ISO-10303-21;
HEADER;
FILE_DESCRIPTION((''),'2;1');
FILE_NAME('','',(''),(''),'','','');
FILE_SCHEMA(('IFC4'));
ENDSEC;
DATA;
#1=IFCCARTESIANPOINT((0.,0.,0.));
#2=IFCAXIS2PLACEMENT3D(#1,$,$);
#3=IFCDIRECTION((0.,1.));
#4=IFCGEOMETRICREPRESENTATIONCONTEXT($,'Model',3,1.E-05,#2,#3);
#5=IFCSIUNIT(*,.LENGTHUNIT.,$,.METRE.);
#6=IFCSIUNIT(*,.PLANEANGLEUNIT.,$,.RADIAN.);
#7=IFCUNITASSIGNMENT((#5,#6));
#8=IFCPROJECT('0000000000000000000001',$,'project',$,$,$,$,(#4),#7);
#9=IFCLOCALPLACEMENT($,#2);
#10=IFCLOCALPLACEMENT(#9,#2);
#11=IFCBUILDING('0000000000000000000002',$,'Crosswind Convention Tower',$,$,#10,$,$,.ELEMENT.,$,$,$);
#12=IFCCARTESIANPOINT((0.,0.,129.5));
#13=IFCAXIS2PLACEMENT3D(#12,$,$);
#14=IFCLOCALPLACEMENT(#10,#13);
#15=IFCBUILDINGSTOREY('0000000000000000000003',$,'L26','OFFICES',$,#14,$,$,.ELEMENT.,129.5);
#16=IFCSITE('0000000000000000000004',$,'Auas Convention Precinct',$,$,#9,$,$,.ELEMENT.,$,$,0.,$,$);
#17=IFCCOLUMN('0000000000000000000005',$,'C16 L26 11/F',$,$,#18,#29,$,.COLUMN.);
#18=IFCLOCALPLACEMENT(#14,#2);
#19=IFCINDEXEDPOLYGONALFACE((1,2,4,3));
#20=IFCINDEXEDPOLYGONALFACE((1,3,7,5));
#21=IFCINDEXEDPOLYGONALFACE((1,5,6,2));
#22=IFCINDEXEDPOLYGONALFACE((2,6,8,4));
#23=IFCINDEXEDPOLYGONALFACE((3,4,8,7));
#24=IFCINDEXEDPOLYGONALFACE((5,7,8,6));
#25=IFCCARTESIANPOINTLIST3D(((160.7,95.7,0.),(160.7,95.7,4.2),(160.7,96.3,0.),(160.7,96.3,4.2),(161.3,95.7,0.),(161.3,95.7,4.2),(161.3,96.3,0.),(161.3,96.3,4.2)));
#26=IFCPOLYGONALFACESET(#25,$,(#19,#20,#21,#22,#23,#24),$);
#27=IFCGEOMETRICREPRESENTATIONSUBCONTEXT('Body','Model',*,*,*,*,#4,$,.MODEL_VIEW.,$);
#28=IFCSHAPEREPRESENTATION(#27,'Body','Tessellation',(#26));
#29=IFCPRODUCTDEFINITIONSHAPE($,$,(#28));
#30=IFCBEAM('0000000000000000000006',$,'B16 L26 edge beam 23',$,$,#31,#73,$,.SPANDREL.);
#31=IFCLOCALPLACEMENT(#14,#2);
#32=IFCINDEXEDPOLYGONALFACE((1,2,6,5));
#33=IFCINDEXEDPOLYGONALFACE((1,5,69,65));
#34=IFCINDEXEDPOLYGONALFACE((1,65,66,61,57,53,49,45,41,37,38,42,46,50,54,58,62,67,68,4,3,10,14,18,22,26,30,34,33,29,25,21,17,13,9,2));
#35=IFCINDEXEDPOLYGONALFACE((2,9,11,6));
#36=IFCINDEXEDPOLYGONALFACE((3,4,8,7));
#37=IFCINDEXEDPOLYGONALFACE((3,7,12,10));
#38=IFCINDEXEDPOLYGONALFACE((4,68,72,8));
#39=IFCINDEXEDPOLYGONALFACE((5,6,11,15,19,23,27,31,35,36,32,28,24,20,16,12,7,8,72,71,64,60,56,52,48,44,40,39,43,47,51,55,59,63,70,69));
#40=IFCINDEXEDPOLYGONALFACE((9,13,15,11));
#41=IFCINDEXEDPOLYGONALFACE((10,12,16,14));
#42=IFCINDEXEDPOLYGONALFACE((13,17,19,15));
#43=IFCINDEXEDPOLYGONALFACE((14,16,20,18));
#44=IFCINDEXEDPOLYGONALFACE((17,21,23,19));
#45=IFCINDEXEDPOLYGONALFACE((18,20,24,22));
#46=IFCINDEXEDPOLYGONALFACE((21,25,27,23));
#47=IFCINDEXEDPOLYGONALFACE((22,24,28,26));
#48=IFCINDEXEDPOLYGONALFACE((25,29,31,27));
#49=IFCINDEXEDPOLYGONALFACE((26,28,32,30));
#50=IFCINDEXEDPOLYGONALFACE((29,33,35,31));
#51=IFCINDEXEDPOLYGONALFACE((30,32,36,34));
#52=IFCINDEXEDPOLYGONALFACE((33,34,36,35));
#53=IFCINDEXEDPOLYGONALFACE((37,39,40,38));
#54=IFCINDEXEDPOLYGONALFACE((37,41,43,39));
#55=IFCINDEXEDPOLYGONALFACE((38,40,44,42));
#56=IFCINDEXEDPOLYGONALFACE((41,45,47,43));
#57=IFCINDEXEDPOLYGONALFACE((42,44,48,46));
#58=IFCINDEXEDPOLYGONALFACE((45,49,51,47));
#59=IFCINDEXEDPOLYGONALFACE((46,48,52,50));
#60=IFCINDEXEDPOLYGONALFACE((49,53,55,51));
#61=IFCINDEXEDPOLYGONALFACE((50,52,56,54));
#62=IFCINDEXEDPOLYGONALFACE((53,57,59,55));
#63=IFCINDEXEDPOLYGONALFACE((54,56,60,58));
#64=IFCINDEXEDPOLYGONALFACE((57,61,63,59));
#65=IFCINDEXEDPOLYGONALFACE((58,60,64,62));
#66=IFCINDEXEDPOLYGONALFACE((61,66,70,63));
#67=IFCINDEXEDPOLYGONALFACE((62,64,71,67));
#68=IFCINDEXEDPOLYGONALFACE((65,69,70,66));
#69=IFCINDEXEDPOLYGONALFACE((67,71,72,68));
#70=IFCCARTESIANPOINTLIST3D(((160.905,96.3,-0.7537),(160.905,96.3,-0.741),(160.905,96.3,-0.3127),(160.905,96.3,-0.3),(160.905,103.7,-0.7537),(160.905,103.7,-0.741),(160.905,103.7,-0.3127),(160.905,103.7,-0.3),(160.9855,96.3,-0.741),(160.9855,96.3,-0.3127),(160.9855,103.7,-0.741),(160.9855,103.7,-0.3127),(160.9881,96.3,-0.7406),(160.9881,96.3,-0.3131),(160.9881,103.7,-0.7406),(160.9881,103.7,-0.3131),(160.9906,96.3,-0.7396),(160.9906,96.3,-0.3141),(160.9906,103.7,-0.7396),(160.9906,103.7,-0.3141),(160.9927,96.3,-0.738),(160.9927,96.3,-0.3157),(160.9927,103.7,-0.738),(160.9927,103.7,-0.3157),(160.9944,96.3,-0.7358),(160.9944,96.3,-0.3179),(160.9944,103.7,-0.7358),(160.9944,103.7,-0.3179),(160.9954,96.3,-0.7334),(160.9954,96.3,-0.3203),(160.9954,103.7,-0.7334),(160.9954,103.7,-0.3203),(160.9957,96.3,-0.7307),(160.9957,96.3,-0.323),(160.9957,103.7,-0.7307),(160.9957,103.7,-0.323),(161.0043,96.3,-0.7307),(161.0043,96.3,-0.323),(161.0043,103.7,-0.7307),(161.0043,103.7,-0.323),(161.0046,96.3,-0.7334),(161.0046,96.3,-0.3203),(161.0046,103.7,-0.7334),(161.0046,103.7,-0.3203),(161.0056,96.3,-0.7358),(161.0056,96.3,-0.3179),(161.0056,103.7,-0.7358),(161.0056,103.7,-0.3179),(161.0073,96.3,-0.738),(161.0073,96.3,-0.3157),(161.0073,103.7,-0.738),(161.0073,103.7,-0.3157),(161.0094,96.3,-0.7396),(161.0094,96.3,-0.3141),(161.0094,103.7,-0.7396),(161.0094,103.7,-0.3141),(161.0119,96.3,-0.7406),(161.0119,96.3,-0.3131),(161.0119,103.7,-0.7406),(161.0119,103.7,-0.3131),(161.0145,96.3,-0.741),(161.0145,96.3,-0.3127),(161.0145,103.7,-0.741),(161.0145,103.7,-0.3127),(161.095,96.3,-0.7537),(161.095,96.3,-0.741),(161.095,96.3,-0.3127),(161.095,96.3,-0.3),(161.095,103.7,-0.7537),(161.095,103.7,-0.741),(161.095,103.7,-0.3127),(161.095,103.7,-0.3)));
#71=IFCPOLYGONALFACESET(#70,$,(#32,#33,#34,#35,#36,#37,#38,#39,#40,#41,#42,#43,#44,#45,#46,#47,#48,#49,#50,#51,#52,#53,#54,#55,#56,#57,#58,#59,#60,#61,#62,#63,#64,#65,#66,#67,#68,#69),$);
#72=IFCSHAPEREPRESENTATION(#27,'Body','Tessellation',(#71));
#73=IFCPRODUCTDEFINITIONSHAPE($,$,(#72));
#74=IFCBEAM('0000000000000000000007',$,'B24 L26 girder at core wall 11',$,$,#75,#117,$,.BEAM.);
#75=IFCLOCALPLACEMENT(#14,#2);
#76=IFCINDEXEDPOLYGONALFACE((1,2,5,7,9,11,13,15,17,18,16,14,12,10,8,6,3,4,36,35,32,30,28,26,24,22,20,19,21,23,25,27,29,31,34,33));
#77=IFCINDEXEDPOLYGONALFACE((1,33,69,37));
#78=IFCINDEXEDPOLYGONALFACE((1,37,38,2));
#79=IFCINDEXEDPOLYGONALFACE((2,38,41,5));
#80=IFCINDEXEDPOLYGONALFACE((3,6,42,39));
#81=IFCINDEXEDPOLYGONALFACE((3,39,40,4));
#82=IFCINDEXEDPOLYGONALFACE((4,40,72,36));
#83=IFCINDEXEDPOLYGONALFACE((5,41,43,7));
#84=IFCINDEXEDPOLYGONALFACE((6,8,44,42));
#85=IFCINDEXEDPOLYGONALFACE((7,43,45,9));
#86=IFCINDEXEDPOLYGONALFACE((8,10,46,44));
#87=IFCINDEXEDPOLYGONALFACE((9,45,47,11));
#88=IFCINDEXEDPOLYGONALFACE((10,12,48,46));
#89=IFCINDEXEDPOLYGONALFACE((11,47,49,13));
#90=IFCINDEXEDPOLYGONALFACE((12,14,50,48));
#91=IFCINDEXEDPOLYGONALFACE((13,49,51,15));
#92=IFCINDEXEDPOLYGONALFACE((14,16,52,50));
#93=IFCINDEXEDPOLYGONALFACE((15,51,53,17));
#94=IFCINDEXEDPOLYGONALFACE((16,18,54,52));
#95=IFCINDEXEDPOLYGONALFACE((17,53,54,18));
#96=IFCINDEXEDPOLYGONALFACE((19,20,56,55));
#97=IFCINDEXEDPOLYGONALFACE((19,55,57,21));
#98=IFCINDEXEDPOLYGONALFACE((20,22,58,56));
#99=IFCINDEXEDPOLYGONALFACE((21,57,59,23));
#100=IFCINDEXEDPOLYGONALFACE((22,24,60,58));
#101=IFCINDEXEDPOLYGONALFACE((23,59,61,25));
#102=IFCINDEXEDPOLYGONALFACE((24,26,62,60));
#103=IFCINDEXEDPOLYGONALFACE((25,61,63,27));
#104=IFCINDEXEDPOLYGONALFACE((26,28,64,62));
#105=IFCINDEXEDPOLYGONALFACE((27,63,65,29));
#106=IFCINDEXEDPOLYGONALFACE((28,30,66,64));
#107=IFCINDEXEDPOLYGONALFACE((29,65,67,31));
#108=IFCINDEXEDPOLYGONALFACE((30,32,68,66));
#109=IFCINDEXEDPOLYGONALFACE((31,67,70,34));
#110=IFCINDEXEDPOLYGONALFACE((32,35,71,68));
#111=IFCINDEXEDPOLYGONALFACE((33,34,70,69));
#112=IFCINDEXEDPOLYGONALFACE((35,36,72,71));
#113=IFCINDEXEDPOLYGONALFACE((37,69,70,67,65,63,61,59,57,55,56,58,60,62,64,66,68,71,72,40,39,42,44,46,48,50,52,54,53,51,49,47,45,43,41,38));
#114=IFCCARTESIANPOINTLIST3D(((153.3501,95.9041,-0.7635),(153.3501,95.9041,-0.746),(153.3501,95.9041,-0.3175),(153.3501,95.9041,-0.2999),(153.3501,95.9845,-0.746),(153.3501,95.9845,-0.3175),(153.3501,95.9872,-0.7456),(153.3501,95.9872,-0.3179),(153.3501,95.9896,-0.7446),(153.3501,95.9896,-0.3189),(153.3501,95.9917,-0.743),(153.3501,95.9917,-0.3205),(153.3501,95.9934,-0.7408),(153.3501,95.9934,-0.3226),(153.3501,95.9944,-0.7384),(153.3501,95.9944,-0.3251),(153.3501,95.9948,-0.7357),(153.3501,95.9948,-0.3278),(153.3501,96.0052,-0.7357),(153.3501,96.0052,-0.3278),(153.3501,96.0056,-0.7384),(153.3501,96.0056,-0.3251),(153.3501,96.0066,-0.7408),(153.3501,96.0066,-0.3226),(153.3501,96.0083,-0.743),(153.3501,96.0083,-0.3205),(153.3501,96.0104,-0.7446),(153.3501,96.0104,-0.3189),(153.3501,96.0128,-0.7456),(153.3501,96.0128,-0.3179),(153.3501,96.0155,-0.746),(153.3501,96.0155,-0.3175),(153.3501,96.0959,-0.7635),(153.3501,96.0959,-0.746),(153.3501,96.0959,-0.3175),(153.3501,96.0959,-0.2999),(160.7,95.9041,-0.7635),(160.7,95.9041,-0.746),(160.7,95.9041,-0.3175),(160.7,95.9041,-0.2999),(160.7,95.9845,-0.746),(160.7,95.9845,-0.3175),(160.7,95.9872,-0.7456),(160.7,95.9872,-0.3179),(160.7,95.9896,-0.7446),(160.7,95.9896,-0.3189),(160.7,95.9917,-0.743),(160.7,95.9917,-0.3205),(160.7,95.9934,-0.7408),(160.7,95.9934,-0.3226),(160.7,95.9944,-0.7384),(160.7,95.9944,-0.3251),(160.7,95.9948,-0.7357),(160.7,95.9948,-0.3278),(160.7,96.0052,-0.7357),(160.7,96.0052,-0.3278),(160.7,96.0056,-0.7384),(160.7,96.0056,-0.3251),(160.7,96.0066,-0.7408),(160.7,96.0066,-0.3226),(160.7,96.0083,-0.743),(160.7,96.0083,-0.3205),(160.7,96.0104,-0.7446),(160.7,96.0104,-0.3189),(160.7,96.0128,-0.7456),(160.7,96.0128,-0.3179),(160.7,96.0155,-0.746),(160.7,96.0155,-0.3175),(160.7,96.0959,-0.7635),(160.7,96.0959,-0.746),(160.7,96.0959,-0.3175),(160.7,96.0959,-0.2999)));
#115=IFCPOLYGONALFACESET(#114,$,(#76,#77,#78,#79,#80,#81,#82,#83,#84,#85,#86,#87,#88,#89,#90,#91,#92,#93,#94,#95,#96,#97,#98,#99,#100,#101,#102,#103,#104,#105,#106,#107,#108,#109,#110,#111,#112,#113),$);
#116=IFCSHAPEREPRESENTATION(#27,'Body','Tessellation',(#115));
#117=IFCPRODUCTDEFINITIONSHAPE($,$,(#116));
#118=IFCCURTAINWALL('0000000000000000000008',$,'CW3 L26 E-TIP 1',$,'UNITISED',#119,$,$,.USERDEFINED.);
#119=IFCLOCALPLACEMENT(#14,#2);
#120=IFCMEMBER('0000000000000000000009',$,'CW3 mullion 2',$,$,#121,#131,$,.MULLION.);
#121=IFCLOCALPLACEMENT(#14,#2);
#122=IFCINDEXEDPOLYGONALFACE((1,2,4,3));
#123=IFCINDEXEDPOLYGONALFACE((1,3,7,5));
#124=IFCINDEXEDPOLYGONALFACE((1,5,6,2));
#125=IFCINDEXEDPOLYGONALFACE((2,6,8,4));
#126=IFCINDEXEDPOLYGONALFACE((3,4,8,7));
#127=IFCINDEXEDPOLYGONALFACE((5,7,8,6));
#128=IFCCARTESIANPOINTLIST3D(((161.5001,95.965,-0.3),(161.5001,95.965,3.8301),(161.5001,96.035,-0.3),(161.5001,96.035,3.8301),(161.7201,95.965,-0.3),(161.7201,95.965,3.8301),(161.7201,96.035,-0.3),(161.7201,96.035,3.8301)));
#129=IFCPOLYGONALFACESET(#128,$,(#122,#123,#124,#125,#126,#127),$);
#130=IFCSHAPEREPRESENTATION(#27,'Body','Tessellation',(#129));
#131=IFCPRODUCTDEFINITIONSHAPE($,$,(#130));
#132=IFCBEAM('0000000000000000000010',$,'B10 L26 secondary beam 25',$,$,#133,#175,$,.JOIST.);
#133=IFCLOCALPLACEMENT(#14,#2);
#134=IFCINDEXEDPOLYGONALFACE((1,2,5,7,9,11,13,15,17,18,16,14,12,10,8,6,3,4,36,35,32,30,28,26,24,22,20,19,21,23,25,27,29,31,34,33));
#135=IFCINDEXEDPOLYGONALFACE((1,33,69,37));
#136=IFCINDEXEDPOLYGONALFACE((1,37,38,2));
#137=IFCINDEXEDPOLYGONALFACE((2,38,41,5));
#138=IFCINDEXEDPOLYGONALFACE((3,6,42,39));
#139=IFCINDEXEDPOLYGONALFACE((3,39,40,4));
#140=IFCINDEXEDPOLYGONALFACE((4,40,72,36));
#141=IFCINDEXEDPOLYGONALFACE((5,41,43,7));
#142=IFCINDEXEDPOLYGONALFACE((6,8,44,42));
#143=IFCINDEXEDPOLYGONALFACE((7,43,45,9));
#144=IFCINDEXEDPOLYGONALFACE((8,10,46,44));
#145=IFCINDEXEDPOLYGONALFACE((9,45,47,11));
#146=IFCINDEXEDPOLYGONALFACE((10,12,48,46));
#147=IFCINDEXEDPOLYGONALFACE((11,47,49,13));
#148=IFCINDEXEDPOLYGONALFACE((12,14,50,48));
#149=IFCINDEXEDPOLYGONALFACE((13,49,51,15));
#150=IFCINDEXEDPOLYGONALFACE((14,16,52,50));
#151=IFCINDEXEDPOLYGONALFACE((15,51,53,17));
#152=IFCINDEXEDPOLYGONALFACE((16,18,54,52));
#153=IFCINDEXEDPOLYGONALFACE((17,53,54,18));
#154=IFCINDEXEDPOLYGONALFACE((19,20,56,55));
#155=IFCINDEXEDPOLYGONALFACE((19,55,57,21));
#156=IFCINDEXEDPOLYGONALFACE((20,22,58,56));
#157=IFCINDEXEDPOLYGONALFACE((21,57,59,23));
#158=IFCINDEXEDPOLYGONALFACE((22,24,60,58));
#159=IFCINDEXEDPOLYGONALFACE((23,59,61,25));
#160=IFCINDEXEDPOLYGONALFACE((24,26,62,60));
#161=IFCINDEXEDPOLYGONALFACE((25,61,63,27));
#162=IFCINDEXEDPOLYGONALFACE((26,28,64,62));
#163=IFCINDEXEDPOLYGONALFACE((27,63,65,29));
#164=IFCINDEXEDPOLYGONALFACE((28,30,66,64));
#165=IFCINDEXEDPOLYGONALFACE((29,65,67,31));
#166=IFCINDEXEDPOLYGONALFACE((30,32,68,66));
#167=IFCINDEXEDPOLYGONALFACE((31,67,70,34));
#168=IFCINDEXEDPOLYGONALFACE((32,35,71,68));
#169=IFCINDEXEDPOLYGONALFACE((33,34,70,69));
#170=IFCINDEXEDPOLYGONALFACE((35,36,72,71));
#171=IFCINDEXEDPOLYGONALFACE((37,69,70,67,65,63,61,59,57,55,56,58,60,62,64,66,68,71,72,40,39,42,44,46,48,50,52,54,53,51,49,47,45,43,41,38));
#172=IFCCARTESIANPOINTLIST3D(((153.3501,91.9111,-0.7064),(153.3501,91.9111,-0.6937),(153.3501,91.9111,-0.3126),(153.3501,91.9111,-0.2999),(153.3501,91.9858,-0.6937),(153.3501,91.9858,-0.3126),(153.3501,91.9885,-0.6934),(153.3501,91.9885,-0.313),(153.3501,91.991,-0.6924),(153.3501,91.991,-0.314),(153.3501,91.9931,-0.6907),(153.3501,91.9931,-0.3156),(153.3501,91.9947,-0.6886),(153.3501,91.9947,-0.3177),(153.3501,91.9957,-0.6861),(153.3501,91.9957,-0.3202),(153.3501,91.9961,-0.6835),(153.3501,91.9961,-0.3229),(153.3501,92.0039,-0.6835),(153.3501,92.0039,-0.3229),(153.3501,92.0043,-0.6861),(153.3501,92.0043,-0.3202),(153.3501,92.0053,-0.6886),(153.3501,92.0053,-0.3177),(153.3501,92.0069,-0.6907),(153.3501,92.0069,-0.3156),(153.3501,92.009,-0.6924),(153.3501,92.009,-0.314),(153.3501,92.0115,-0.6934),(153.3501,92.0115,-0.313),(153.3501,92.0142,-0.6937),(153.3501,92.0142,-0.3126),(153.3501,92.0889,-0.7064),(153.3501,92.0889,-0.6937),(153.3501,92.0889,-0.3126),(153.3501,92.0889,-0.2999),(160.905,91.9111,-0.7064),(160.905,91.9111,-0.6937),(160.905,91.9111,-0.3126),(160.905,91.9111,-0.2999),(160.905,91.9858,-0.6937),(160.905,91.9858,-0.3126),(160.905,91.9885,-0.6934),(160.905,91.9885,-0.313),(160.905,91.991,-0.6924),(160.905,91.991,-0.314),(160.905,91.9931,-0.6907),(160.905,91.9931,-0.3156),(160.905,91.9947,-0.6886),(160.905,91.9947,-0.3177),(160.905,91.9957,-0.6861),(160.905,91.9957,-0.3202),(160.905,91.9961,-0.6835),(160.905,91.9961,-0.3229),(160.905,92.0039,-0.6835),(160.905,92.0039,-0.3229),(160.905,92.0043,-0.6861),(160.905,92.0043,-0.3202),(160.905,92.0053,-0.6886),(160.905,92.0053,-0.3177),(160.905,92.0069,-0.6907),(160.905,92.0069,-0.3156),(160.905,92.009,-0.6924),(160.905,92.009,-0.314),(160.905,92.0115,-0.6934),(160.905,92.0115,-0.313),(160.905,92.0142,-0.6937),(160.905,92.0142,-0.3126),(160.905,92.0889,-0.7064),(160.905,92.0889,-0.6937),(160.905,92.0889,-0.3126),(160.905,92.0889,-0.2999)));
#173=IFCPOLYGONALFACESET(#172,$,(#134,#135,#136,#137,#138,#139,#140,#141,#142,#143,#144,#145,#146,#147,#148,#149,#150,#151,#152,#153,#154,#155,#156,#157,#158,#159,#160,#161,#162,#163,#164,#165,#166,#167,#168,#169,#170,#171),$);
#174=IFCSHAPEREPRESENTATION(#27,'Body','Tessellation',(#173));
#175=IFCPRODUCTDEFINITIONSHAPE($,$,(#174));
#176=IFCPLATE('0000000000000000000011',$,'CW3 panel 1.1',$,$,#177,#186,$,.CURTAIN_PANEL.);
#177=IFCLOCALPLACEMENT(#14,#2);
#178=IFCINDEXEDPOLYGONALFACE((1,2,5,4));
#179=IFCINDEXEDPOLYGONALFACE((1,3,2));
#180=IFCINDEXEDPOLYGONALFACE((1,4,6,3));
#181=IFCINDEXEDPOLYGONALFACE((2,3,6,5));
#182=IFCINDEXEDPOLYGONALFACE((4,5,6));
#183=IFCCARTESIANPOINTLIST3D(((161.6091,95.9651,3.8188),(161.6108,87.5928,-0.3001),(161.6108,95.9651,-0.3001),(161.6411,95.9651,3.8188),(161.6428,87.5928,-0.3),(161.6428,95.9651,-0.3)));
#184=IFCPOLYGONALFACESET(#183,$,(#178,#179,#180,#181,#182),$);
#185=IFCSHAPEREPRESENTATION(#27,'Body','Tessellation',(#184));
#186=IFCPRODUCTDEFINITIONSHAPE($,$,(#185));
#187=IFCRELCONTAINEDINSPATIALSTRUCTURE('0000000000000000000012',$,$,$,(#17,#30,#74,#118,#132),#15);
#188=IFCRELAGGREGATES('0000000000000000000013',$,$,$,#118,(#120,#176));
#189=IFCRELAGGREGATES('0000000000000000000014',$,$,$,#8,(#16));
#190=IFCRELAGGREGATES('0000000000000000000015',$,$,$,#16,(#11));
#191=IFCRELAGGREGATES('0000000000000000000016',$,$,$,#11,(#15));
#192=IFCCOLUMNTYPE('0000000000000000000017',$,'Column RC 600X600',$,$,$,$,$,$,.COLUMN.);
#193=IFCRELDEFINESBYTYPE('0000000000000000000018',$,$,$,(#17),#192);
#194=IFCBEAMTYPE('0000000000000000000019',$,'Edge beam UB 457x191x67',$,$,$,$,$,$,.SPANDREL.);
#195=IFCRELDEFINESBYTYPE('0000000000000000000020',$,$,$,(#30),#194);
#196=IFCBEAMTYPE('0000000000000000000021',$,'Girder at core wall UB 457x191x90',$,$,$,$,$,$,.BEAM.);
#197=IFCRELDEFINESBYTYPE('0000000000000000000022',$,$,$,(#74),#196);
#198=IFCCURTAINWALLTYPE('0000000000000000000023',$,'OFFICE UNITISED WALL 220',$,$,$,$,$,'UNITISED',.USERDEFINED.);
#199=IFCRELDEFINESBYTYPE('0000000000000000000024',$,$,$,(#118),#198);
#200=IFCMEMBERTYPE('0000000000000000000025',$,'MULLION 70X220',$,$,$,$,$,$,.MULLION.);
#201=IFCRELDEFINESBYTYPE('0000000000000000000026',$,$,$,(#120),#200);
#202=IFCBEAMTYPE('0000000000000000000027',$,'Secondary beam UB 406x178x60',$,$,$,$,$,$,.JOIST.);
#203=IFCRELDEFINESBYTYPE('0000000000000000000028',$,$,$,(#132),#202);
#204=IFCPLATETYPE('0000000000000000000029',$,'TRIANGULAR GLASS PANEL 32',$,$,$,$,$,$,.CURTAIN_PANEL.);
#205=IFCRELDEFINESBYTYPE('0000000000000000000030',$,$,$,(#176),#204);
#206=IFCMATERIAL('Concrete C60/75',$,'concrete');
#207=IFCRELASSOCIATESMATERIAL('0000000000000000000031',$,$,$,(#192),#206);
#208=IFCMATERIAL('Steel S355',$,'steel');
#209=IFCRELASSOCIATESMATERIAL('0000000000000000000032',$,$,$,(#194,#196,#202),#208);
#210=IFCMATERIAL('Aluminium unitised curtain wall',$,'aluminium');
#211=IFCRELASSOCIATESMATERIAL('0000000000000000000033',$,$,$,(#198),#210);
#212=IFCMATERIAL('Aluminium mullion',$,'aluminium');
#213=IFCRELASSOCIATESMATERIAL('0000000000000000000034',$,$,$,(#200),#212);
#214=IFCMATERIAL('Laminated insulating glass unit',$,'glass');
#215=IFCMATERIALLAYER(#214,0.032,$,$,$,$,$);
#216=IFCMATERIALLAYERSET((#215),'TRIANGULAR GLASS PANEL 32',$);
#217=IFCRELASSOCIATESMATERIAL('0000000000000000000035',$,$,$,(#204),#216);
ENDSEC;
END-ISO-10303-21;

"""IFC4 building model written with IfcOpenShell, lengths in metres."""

from ifc_helpers import new_model, si_unit, direction, frame, origin, origin_2d, place, context, subcontext, project, spatial, polyline, rectangle, i_section, outline, extrude, material, layer, layer_set, material_profile, profile_set, type_object, element, aggregate, save


model = new_model("IFC4")

# Units and contexts
model_context = context("Model", 3, precision=1e-05, world=origin(), true_north=direction((0.0, 1.0)))
body_context = subcontext(model_context, "Body", "Model", "MODEL_VIEW")
ifc_project = project(units=[si_unit("LENGTHUNIT", "METRE"), si_unit("PLANEANGLEUNIT", "RADIAN")], contexts=[model_context])

# Site, building, storey
site_placement = place(None, origin())
site = spatial("IfcSite", under=ifc_project, at=site_placement, Name="Auas Convention Precinct", CompositionType="ELEMENT", RefElevation=0.0)
building_placement = place(site_placement, origin())
building = spatial("IfcBuilding", under=site, at=building_placement, Name="Crosswind Convention Tower", CompositionType="ELEMENT")
storey_placement = place(building_placement, frame((0.0, 0.0, 129.5)))
storey = spatial("IfcBuildingStorey", under=building, at=storey_placement, Name="L26", Description="OFFICES", CompositionType="ELEMENT", Elevation=129.5)

# Column
ifc_material_1 = material(Name="Concrete C60/75", Category="concrete")
ifc_material_profile_1 = material_profile(ifc_material_1, rectangle(XDim=0.6001, YDim=0.6001, at=origin_2d()), Name="RC 600X600")
ifc_profile_set_1 = profile_set([ifc_material_profile_1], Name="Concrete C60/75")
column_type = type_object("IfcColumnType", Name="Column RC 600X600", PredefinedType="COLUMN", material=ifc_profile_set_1)
column_placement = place(storey_placement, frame((161.0, 96.0, 0.0), z_axis=(0.0, 0.0, 1.0), x_axis=(1.0, 0.0, 0.0)))
element("IfcColumn", 1, at=column_placement, inside=storey, type_object=column_type, Name="C16 L26 11/F", PredefinedType="COLUMN", context=body_context, shape_type="SweptSolid", body=[
    extrude(rectangle(XDim=0.6001, YDim=0.6001, at=origin_2d()), origin(), (0.0, 0.0, 1.0), 4.2),
])

# Beams
ifc_material_2 = material(Name="Steel S355", Category="steel")
ifc_material_profile_2 = material_profile(ifc_material_2, i_section(OverallWidth=0.1899, OverallDepth=0.4536, WebThickness=0.0085, FlangeThickness=0.0127, FilletRadius=0.0103, at=origin_2d()), Name="UB 457x191x67")
ifc_profile_set_2 = profile_set([ifc_material_profile_2], Name="Steel S355")
beam_type_1 = type_object("IfcBeamType", Name="Edge beam UB 457x191x67", PredefinedType="SPANDREL", material=ifc_profile_set_2)
beam_1_placement = place(storey_placement, frame((161.0, 96.3, -0.5269), z_axis=(0.0, 1.0, 0.0), x_axis=(-1.0, 0.0, 0.0)))
element("IfcBeam", 2, at=beam_1_placement, inside=storey, type_object=beam_type_1, Name="B16 L26 edge beam 23", PredefinedType="SPANDREL", context=body_context, shape_type="SweptSolid", body=[
    extrude(i_section(OverallWidth=0.1899, OverallDepth=0.4536, WebThickness=0.0085, FlangeThickness=0.0127, FilletRadius=0.0103, at=origin_2d()), origin(), (0.0, 0.0, 1.0), 7.3999),
])
ifc_material_profile_3 = material_profile(ifc_material_2, i_section(OverallWidth=0.1919, OverallDepth=0.4636, WebThickness=0.0105, FlangeThickness=0.0176, FilletRadius=0.0103, at=origin_2d()), Name="UB 457x191x90")
ifc_profile_set_3 = profile_set([ifc_material_profile_3], Name="Steel S355")
beam_type_2 = type_object("IfcBeamType", Name="Girder at core wall UB 457x191x90", PredefinedType="BEAM", material=ifc_profile_set_3)
beam_2_placement = place(storey_placement, frame((153.3501, 96.0, -0.5317), z_axis=(1.0, 0.0, 0.0), x_axis=(0.0, 1.0, 0.0)))
element("IfcBeam", 3, at=beam_2_placement, inside=storey, type_object=beam_type_2, Name="B24 L26 girder at core wall 11", PredefinedType="BEAM", context=body_context, shape_type="SweptSolid", body=[
    extrude(i_section(OverallWidth=0.1919, OverallDepth=0.4636, WebThickness=0.0105, FlangeThickness=0.0176, FilletRadius=0.0103, at=origin_2d()), origin(), (0.0, 0.0, 1.0), 7.3499),
])

# Curtain wall, member
ifc_material_3 = material(Name="Aluminium unitised curtain wall", Category="aluminium")
curtain_wall_type = type_object("IfcCurtainWallType", Name="OFFICE UNITISED WALL 220", ElementType="UNITISED", PredefinedType="USERDEFINED", material=ifc_material_3)
curtain_wall_placement = place(storey_placement, origin())
curtain_wall = element("IfcCurtainWall", 4, at=curtain_wall_placement, inside=storey, type_object=curtain_wall_type, Name="CW3 L26 E-TIP 1", ObjectType="UNITISED", PredefinedType="USERDEFINED")
ifc_material_4 = material(Name="Aluminium mullion", Category="aluminium")
ifc_material_profile_4 = material_profile(ifc_material_4, rectangle(XDim=0.22, YDim=0.0701, at=origin_2d()), Name="AL 220X70")
ifc_profile_set_4 = profile_set([ifc_material_profile_4], Name="Aluminium mullion")
member_type = type_object("IfcMemberType", Name="MULLION 70X220", PredefinedType="MULLION", material=ifc_profile_set_4)
member_placement = place(storey_placement, frame((161.6101, 96.0, -0.3), z_axis=(0.0, 0.0, 1.0), x_axis=(1.0, 0.0, 0.0)))
member = element("IfcMember", 5, at=member_placement, type_object=member_type, Name="CW3 mullion 2", PredefinedType="MULLION", context=body_context, shape_type="SweptSolid", body=[
    extrude(rectangle(XDim=0.22, YDim=0.0701, at=origin_2d()), origin(), (0.0, 0.0, 1.0), 4.1301),
])

# Beam
ifc_material_profile_5 = material_profile(ifc_material_2, i_section(OverallWidth=0.1777, OverallDepth=0.4065, WebThickness=0.0078, FlangeThickness=0.0127, FilletRadius=0.0103, at=origin_2d()), Name="UB 406x178x60")
ifc_profile_set_5 = profile_set([ifc_material_profile_5], Name="Steel S355")
beam_type_3 = type_object("IfcBeamType", Name="Secondary beam UB 406x178x60", PredefinedType="JOIST", material=ifc_profile_set_5)
beam_3_placement = place(storey_placement, frame((153.3501, 92.0, -0.5032), z_axis=(1.0, 0.0, 0.0), x_axis=(0.0, 1.0, 0.0)))
element("IfcBeam", 6, at=beam_3_placement, inside=storey, type_object=beam_type_3, Name="B10 L26 secondary beam 25", PredefinedType="JOIST", context=body_context, shape_type="SweptSolid", body=[
    extrude(i_section(OverallWidth=0.1777, OverallDepth=0.4065, WebThickness=0.0078, FlangeThickness=0.0127, FilletRadius=0.0103, at=origin_2d()), origin(), (0.0, 0.0, 1.0), 7.5549),
])

# Plate
ifc_material_5 = material(Name="Laminated insulating glass unit", Category="glass")
ifc_layer_1 = layer(ifc_material_5, 0.032)
ifc_layer_set_1 = layer_set([ifc_layer_1], Name="TRIANGULAR GLASS PANEL 32")
plate_type = type_object("IfcPlateType", Name="TRIANGULAR GLASS PANEL 32", PredefinedType="CURTAIN_PANEL", material=ifc_layer_set_1)
plate_1_placement = place(storey_placement, frame((161.6428, 95.9651, -0.3), z_axis=(1.0, 0.0, 0.000415), x_axis=(-0.000415, 0.0, 1.0)))
plate_1 = element("IfcPlate", 7, at=plate_1_placement, type_object=plate_type, Name="CW3 panel 1.1", PredefinedType="CURTAIN_PANEL", context=body_context, shape_type="SweptSolid", body=[
    extrude(outline(polyline([(0.0, 0.0), (4.1189, 0.0), (0.0, 8.3723), (0.0, 0.0)])), origin(), (0.0, 0.0, -1.0), 0.032),
])
aggregate(curtain_wall, [member, plate_1])

save(model, "model.ifc")
